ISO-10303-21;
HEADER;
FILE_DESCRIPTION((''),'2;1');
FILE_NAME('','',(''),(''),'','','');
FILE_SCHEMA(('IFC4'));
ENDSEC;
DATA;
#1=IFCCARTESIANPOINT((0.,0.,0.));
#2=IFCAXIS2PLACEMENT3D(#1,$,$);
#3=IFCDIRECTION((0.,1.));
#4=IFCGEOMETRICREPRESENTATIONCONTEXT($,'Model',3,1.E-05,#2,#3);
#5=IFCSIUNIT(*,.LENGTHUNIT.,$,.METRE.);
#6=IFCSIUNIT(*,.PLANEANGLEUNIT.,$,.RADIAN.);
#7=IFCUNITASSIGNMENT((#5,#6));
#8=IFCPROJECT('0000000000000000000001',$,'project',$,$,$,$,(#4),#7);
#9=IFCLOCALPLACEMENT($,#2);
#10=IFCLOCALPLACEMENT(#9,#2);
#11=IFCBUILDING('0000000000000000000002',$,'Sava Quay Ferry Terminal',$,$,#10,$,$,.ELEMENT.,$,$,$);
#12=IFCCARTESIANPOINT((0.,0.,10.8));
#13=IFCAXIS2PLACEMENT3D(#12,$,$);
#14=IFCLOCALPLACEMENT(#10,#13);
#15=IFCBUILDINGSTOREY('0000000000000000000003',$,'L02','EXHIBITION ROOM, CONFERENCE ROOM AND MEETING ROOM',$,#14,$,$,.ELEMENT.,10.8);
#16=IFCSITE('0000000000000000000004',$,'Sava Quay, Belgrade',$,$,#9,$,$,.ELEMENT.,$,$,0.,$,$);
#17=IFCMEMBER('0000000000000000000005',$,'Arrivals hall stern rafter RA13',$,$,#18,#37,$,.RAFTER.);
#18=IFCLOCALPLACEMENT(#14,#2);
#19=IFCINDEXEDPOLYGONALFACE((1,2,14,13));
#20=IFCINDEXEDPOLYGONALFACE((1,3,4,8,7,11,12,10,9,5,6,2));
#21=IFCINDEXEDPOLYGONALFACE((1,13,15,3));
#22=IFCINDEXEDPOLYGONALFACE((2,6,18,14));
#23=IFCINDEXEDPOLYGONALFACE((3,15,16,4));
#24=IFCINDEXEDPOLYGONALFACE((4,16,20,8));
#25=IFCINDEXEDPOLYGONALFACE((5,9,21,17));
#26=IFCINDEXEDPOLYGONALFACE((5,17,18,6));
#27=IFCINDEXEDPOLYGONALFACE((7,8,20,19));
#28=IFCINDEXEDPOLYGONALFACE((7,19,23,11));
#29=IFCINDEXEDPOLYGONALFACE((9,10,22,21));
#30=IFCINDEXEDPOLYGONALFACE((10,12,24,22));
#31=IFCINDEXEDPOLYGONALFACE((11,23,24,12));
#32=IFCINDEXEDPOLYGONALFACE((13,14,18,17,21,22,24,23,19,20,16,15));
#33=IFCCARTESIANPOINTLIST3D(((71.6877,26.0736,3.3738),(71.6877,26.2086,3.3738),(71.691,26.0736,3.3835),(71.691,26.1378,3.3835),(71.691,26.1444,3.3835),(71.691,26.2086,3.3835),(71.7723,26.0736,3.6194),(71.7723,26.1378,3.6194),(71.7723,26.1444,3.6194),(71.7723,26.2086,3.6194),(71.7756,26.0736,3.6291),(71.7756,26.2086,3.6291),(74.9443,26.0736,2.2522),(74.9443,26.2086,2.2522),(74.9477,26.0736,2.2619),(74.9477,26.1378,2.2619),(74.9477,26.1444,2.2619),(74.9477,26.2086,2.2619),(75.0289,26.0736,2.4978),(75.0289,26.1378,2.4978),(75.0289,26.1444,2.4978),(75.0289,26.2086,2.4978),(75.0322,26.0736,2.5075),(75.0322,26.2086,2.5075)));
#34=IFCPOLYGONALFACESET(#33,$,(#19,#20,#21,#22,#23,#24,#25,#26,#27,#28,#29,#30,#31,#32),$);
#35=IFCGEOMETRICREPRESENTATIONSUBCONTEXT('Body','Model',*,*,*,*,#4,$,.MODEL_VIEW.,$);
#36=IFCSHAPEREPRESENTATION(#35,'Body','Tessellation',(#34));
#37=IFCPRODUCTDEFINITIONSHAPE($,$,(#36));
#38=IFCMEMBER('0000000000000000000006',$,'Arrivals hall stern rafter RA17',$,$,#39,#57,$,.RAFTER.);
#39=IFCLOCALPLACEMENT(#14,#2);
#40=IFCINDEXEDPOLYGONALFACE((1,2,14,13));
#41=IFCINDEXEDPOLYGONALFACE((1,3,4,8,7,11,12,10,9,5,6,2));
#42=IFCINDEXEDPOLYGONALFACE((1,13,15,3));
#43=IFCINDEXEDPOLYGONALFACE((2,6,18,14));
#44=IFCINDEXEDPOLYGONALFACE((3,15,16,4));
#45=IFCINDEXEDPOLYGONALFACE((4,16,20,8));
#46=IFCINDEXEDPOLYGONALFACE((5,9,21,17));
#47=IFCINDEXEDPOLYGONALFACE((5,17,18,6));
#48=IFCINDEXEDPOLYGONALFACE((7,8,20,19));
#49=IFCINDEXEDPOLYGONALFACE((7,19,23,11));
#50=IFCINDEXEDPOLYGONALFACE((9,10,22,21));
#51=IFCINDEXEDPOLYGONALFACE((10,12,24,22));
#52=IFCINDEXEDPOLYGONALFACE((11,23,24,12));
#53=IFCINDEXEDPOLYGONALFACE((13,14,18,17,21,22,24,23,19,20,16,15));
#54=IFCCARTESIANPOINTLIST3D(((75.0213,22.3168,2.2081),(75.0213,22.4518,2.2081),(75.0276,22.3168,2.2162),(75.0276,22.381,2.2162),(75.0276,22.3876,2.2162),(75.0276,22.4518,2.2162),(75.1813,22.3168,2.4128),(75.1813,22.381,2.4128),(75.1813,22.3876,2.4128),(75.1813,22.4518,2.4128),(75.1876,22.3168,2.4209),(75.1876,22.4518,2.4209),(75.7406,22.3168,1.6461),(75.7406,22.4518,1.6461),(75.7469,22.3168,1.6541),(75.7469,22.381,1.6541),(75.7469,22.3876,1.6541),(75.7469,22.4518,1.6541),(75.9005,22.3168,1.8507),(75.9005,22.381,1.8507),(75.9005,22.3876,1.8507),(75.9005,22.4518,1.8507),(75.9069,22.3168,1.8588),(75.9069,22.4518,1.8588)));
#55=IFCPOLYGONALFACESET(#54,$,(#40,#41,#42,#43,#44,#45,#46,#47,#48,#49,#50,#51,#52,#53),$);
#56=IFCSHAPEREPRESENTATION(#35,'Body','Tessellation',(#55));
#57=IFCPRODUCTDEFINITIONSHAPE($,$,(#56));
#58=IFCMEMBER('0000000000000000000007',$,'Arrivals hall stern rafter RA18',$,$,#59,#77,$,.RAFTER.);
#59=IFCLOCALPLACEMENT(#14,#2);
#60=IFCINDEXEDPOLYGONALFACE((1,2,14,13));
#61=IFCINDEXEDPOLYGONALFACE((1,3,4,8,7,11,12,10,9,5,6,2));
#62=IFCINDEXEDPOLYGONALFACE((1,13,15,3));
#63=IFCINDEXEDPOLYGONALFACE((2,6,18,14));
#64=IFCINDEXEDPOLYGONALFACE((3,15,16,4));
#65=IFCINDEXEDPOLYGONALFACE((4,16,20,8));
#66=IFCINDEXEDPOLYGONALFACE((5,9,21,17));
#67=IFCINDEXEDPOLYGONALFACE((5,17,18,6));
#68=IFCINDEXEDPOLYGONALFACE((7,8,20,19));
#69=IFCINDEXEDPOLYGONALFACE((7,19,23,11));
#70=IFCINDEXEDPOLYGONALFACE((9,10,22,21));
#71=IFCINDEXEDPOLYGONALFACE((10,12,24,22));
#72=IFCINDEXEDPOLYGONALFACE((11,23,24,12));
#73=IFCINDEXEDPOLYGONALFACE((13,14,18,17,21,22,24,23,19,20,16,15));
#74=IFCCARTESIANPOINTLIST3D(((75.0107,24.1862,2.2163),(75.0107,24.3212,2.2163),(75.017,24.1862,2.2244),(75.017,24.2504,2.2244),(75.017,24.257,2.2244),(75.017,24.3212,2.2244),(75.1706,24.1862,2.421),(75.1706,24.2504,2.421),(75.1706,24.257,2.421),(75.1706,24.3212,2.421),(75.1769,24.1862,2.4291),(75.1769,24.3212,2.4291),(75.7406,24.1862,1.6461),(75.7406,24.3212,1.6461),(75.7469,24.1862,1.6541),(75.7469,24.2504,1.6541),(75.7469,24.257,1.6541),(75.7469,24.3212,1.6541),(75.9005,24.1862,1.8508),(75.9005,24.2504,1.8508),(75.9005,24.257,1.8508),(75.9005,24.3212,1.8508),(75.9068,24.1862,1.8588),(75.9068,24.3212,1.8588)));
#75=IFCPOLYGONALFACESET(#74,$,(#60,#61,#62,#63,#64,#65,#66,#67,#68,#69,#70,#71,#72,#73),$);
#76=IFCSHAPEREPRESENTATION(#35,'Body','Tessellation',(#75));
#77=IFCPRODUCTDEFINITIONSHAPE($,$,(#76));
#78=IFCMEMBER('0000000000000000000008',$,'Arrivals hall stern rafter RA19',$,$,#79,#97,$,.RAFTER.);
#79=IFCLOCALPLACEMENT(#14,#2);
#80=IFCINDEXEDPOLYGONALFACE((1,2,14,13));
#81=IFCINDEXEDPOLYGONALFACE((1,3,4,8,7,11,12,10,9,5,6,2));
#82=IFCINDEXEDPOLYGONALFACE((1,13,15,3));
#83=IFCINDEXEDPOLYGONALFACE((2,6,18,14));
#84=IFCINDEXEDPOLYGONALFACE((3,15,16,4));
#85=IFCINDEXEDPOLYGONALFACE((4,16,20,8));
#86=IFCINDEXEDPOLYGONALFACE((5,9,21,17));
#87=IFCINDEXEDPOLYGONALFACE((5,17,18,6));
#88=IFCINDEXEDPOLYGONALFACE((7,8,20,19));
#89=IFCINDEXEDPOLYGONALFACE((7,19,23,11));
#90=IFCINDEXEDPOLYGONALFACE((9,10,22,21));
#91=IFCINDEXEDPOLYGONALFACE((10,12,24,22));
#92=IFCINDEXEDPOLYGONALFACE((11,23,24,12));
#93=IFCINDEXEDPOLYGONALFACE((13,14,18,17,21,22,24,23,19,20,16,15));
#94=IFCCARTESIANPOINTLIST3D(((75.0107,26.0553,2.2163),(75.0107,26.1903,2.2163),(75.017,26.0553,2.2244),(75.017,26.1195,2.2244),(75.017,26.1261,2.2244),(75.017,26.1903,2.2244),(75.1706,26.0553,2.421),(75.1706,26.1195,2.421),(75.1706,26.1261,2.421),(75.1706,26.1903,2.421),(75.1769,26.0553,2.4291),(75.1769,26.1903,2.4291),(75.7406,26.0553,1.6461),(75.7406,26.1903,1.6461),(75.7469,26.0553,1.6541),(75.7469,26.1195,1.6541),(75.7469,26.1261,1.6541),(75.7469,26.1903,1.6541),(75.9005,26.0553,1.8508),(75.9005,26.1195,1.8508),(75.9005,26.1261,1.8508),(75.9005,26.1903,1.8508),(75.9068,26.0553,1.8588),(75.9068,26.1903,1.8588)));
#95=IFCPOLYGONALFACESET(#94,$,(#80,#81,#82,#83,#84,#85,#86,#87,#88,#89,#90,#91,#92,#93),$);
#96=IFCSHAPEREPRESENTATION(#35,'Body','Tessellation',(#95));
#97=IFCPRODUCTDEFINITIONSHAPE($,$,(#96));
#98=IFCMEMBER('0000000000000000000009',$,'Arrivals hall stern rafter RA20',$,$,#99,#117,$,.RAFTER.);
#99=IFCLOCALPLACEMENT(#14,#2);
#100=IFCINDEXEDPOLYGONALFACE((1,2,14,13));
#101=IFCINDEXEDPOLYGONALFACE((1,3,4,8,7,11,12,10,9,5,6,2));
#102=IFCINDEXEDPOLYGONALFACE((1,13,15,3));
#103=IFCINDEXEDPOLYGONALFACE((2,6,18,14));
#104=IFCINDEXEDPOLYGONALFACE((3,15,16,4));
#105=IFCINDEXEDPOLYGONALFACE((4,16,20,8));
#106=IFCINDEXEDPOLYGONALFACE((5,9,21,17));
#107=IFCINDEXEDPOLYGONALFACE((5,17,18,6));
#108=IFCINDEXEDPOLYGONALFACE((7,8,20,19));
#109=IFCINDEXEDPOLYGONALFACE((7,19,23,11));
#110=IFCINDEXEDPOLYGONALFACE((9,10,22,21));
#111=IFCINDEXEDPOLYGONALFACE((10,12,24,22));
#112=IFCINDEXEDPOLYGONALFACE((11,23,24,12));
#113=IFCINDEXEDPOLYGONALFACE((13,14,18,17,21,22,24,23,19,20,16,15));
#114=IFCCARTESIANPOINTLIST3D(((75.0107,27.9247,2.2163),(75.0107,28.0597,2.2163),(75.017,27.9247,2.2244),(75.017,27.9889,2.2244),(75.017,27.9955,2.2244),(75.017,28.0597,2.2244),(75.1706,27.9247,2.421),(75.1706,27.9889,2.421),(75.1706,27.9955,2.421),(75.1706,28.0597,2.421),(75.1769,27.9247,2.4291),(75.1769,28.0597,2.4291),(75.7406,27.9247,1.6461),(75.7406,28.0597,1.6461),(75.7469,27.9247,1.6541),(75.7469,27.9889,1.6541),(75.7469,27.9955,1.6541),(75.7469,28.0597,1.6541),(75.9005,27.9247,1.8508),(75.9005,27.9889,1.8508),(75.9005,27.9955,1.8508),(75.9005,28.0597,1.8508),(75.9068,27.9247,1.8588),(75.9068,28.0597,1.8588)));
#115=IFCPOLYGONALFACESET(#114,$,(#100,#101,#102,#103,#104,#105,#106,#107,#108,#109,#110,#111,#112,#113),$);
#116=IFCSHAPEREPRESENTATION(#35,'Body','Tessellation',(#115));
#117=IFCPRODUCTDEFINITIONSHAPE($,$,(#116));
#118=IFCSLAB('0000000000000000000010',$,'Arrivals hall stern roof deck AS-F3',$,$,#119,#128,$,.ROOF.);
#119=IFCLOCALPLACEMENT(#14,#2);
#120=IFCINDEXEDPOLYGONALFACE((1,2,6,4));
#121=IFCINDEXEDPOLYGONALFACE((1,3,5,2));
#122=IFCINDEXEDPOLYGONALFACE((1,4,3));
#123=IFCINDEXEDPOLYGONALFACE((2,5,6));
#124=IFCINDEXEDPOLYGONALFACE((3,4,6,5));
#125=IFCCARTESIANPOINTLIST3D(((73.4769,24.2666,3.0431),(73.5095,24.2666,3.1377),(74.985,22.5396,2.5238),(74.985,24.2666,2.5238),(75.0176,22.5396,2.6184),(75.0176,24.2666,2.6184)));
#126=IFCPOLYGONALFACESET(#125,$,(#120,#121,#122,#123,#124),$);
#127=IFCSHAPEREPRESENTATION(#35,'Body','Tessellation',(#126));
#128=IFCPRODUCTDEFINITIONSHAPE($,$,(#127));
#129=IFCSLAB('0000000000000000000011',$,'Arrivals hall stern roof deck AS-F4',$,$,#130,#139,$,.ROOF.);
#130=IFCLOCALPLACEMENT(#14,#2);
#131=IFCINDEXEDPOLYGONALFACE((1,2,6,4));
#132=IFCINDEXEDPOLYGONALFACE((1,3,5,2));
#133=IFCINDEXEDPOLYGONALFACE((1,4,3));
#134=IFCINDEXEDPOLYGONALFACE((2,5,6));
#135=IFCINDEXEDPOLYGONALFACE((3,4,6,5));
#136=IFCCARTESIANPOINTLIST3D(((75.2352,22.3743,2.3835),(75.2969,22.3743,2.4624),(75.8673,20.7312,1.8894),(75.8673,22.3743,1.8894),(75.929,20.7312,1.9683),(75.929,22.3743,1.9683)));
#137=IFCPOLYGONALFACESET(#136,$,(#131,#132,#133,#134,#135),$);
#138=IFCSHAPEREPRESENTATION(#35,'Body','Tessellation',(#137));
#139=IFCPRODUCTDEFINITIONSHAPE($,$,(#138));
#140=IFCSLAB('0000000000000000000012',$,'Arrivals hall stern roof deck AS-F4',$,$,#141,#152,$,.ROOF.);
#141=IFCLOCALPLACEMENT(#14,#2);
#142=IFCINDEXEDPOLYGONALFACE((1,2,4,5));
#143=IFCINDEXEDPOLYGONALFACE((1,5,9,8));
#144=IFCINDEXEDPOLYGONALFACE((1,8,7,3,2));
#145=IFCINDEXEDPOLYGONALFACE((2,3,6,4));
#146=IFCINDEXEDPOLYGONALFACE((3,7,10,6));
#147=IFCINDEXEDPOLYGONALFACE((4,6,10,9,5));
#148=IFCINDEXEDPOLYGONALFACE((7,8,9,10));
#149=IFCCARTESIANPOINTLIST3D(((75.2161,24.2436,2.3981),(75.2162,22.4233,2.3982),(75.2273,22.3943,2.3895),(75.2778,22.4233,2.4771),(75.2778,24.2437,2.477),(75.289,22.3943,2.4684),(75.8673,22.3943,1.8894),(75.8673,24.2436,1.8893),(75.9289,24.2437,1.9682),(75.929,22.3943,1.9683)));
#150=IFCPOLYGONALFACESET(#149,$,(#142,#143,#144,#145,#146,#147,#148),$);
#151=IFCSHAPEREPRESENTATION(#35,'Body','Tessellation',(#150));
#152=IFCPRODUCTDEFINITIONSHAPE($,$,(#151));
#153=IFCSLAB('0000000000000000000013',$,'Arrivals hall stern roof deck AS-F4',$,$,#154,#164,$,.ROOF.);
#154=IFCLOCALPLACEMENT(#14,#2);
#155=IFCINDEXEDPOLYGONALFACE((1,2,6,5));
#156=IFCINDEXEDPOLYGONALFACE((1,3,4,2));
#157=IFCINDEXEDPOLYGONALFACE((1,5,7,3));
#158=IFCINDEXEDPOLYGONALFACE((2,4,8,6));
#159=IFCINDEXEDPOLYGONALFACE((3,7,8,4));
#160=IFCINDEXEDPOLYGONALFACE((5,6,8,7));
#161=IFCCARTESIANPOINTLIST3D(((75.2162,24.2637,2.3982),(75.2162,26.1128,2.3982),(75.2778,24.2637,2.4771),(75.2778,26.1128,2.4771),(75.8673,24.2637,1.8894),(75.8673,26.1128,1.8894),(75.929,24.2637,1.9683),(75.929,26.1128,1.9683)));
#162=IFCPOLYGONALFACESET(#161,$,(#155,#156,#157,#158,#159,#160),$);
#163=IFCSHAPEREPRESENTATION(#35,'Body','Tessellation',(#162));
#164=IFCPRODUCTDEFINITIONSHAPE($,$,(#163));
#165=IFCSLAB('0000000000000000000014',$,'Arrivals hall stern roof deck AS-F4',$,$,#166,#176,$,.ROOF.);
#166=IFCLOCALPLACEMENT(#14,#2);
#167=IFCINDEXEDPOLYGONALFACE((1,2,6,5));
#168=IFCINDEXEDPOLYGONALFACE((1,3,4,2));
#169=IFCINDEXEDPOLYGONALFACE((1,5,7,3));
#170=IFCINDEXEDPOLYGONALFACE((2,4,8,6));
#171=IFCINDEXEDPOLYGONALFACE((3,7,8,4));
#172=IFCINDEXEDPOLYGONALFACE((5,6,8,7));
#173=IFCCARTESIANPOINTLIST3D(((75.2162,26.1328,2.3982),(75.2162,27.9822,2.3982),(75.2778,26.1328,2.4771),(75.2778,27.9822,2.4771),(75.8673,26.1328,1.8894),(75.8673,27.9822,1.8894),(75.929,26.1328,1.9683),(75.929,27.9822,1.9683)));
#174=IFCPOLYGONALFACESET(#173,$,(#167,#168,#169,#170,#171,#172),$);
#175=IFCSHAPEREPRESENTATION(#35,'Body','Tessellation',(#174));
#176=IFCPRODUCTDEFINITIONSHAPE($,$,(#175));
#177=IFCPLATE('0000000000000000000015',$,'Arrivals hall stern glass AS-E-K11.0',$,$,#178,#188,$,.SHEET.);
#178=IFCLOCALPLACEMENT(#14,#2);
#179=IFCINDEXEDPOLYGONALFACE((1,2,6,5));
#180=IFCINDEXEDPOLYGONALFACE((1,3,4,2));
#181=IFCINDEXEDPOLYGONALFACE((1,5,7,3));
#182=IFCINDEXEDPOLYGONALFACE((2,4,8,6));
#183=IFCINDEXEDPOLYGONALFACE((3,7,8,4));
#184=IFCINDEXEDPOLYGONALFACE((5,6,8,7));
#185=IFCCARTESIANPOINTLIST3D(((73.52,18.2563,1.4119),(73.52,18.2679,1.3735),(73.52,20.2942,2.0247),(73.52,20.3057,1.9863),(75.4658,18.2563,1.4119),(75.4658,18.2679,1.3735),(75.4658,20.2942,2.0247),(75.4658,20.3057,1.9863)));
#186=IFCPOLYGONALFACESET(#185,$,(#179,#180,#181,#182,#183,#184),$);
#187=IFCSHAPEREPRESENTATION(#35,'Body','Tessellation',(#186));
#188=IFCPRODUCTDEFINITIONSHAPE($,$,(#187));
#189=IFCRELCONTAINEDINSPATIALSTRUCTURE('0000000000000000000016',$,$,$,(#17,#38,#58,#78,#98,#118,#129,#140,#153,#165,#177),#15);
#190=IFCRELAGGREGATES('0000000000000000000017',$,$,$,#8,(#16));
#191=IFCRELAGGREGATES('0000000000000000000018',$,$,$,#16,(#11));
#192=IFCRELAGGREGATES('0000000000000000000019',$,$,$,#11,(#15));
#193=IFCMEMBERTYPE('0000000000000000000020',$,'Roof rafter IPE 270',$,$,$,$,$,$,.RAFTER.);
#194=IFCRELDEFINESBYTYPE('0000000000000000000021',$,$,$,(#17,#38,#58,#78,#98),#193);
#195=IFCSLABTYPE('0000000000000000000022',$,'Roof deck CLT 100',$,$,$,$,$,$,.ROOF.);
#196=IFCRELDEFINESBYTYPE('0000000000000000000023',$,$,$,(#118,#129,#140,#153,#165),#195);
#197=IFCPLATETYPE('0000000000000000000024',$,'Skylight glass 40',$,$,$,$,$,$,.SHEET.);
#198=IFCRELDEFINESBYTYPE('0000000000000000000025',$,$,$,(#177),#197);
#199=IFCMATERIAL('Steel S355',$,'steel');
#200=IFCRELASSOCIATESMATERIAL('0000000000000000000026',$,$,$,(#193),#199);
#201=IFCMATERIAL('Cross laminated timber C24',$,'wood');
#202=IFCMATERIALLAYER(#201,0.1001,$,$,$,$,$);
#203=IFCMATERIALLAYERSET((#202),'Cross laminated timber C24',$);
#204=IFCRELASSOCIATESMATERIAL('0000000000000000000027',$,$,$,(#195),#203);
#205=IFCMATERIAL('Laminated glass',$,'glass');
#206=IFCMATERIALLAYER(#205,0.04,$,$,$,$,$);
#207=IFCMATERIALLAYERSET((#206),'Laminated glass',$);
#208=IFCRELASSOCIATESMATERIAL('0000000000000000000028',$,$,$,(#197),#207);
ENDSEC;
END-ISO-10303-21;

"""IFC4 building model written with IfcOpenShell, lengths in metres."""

from ifc_helpers import new_model, si_unit, direction, frame, origin, origin_2d, place, context, subcontext, project, spatial, polyline, i_section, outline, extrude, material, layer, layer_set, material_profile, profile_set, type_object, element, save


model = new_model("IFC4")

# Units and contexts
model_context = context("Model", 3, precision=1e-05, world=origin(), true_north=direction((0.0, 1.0)))
body_context = subcontext(model_context, "Body", "Model", "MODEL_VIEW")
ifc_project = project(units=[si_unit("LENGTHUNIT", "METRE"), si_unit("PLANEANGLEUNIT", "RADIAN")], contexts=[model_context])

# Site, building, storey
site_placement = place(None, origin())
site = spatial("IfcSite", under=ifc_project, at=site_placement, Name="Sava Quay, Belgrade", CompositionType="ELEMENT", RefElevation=0.0)
building_placement = place(site_placement, origin())
building = spatial("IfcBuilding", under=site, at=building_placement, Name="Sava Quay Ferry Terminal", CompositionType="ELEMENT")
storey_placement = place(building_placement, frame((0.0, 0.0, 10.8)))
storey = spatial("IfcBuildingStorey", under=building, at=storey_placement, Name="L02", Description="EXHIBITION ROOM, CONFERENCE ROOM AND MEETING ROOM", CompositionType="ELEMENT", Elevation=10.8)

# Members
ifc_material_1 = material(Name="Steel S355", Category="steel")
ifc_material_profile_1 = material_profile(ifc_material_1, i_section(OverallWidth=0.135, OverallDepth=0.27, WebThickness=0.0066, FlangeThickness=0.0103, at=origin_2d()), Name="IPE 270")
ifc_profile_set_1 = profile_set([ifc_material_profile_1], Name="Steel S355")
member_type = type_object("IfcMemberType", Name="Roof rafter IPE 270", PredefinedType="RAFTER", material=ifc_profile_set_1)
member_1_placement = place(storey_placement, frame((74.9883, 26.1411, 2.3799), z_axis=(-0.945496, 0.0, 0.325632), x_axis=(0.0, -1.0, 0.0)))
element("IfcMember", 1, at=member_1_placement, inside=storey, type_object=member_type, Name="Arrivals hall stern rafter RA13", PredefinedType="RAFTER", context=body_context, shape_type="SweptSolid", body=[
    extrude(i_section(OverallWidth=0.135, OverallDepth=0.27, WebThickness=0.0066, FlangeThickness=0.0103, at=origin_2d()), origin(), (0.0, 0.0, 1.0), 3.4443),
])
member_2_placement = place(storey_placement, frame((75.8237, 22.3843, 1.7524), z_axis=(-0.787968, 0.0, 0.615717), x_axis=(0.0, -1.0, 0.0)))
element("IfcMember", 2, at=member_2_placement, inside=storey, type_object=member_type, Name="Arrivals hall stern rafter RA17", PredefinedType="RAFTER", context=body_context, shape_type="SweptSolid", body=[
    extrude(i_section(OverallWidth=0.135, OverallDepth=0.27, WebThickness=0.0066, FlangeThickness=0.0103, at=origin_2d()), origin(), (0.0, 0.0, 1.0), 0.9128),
])
for number, where, z_axis, x_axis, name in (
    (3, (75.8237, 24.2537, 1.7524), (-0.788016, 0.0, 0.615654), (0.0, -1.0, 0.0), "Arrivals hall stern rafter RA18"),
    (4, (75.8237, 26.1228, 1.7524), (-0.788016, 0.0, 0.615654), (0.0, -1.0, 0.0), "Arrivals hall stern rafter RA19"),
    (5, (75.8237, 27.9922, 1.7524), (-0.788016, 0.0, 0.615654), (0.0, -1.0, 0.0), "Arrivals hall stern rafter RA20"),
):
    element("IfcMember", number, at=place(storey_placement, frame(where, z_axis=z_axis, x_axis=x_axis)), inside=storey, type_object=member_type, Name=name, PredefinedType="RAFTER", context=body_context, shape_type="SweptSolid", body=[
        extrude(i_section(OverallWidth=0.135, OverallDepth=0.27, WebThickness=0.0066, FlangeThickness=0.0103, at=origin_2d()), origin(), (0.0, 0.0, 1.0), 0.9263),
    ])

# Slabs
ifc_material_2 = material(Name="Cross laminated timber C24", Category="wood")
ifc_layer_1 = layer(ifc_material_2, 0.1001)
ifc_layer_set_1 = layer_set([ifc_layer_1], Name="Cross laminated timber C24")
slab_type = type_object("IfcSlabType", Name="Roof deck CLT 100", PredefinedType="ROOF", material=ifc_layer_set_1)
slab_1_placement = place(storey_placement, frame((73.5095, 24.2666, 3.1377), z_axis=(0.32558, 0.0, 0.945514), x_axis=(0.945514, 0.0, -0.32558)))
element("IfcSlab", 6, at=slab_1_placement, inside=storey, type_object=slab_type, Name="Arrivals hall stern roof deck AS-F3", PredefinedType="ROOF", context=body_context, shape_type="SweptSolid", body=[
    extrude(outline(polyline([(0.0, 0.0), (1.595, 0.0), (1.595, -1.7271), (0.0, 0.0)])), origin(), (0.0, 0.0, -1.0), 0.1001),
])
slab_2_placement = place(storey_placement, frame((75.2969, 22.3743, 2.4624), z_axis=(0.615898, 0.0, 0.787826), x_axis=(0.787826, 0.0, -0.615898)))
element("IfcSlab", 7, at=slab_2_placement, inside=storey, type_object=slab_type, Name="Arrivals hall stern roof deck AS-F4", PredefinedType="ROOF", context=body_context, shape_type="SweptSolid", body=[
    extrude(outline(polyline([(0.0, 0.0), (0.8023, 0.0), (0.8023, -1.6431), (0.0, 0.0)])), origin(), (0.0, 0.0, -1.0), 0.1001),
])
slab_3_placement = place(storey_placement, frame((75.2778, 22.4233, 2.4771), z_axis=(0.61572, 0.000049, 0.787965), x_axis=(-0.00003, 1.0, -0.000039)))
element("IfcSlab", 8, at=slab_3_placement, inside=storey, type_object=slab_type, Name="Arrivals hall stern roof deck AS-F4", PredefinedType="ROOF", context=body_context, shape_type="SweptSolid", body=[
    extrude(outline(polyline([(0.0, 0.0), (1.8203, 0.0), (1.8203, -0.8263), (-0.0291, -0.8263), (-0.0291, -0.0141), (0.0, 0.0)])), origin(), (0.0, 0.0, -1.0), 0.1001),
])
slab_4_placement = place(storey_placement, frame((75.2778, 26.1128, 2.4771), z_axis=(0.615719, 0.0, 0.787966), x_axis=(0.787966, 0.0, -0.615719)))
element("IfcSlab", 9, at=slab_4_placement, inside=storey, type_object=slab_type, Name="Arrivals hall stern roof deck AS-F4", PredefinedType="ROOF", context=body_context, shape_type="SweptSolid", body=[
    extrude(outline(polyline([(0.0, 0.0), (0.8263, 0.0), (0.8263, -1.8491), (0.0, -1.8491), (0.0, 0.0)])), origin(), (0.0, 0.0, -1.0), 0.1001),
])
slab_5_placement = place(storey_placement, frame((75.2778, 27.9822, 2.4771), z_axis=(0.615719, 0.0, 0.787966), x_axis=(0.787966, 0.0, -0.615719)))
element("IfcSlab", 10, at=slab_5_placement, inside=storey, type_object=slab_type, Name="Arrivals hall stern roof deck AS-F4", PredefinedType="ROOF", context=body_context, shape_type="SweptSolid", body=[
    extrude(outline(polyline([(0.0, 0.0), (0.8263, 0.0), (0.8263, -1.8494), (0.0, -1.8494), (0.0, 0.0)])), origin(), (0.0, 0.0, -1.0), 0.1001),
])

# Plate
ifc_material_3 = material(Name="Laminated glass", Category="glass")
ifc_layer_2 = layer(ifc_material_3, 0.04)
ifc_layer_set_2 = layer_set([ifc_layer_2], Name="Laminated glass")
plate_type = type_object("IfcPlateType", Name="Skylight glass 40", PredefinedType="SHEET", material=ifc_layer_set_2)
plate_1_placement = place(storey_placement, frame((73.52, 20.2942, 2.0247), z_axis=(0.0, -0.287969, 0.95764), x_axis=(1.0, 0.0, 0.0)))
element("IfcPlate", 11, at=plate_1_placement, inside=storey, type_object=plate_type, Name="Arrivals hall stern glass AS-E-K11.0", PredefinedType="SHEET", context=body_context, shape_type="SweptSolid", body=[
    extrude(outline(polyline([(0.0, 0.0), (1.9458, 0.0), (1.9458, -2.128), (0.0, -2.128), (0.0, 0.0)])), origin(), (0.0, 0.0, -1.0), 0.04),
])

save(model, "model.ifc")
